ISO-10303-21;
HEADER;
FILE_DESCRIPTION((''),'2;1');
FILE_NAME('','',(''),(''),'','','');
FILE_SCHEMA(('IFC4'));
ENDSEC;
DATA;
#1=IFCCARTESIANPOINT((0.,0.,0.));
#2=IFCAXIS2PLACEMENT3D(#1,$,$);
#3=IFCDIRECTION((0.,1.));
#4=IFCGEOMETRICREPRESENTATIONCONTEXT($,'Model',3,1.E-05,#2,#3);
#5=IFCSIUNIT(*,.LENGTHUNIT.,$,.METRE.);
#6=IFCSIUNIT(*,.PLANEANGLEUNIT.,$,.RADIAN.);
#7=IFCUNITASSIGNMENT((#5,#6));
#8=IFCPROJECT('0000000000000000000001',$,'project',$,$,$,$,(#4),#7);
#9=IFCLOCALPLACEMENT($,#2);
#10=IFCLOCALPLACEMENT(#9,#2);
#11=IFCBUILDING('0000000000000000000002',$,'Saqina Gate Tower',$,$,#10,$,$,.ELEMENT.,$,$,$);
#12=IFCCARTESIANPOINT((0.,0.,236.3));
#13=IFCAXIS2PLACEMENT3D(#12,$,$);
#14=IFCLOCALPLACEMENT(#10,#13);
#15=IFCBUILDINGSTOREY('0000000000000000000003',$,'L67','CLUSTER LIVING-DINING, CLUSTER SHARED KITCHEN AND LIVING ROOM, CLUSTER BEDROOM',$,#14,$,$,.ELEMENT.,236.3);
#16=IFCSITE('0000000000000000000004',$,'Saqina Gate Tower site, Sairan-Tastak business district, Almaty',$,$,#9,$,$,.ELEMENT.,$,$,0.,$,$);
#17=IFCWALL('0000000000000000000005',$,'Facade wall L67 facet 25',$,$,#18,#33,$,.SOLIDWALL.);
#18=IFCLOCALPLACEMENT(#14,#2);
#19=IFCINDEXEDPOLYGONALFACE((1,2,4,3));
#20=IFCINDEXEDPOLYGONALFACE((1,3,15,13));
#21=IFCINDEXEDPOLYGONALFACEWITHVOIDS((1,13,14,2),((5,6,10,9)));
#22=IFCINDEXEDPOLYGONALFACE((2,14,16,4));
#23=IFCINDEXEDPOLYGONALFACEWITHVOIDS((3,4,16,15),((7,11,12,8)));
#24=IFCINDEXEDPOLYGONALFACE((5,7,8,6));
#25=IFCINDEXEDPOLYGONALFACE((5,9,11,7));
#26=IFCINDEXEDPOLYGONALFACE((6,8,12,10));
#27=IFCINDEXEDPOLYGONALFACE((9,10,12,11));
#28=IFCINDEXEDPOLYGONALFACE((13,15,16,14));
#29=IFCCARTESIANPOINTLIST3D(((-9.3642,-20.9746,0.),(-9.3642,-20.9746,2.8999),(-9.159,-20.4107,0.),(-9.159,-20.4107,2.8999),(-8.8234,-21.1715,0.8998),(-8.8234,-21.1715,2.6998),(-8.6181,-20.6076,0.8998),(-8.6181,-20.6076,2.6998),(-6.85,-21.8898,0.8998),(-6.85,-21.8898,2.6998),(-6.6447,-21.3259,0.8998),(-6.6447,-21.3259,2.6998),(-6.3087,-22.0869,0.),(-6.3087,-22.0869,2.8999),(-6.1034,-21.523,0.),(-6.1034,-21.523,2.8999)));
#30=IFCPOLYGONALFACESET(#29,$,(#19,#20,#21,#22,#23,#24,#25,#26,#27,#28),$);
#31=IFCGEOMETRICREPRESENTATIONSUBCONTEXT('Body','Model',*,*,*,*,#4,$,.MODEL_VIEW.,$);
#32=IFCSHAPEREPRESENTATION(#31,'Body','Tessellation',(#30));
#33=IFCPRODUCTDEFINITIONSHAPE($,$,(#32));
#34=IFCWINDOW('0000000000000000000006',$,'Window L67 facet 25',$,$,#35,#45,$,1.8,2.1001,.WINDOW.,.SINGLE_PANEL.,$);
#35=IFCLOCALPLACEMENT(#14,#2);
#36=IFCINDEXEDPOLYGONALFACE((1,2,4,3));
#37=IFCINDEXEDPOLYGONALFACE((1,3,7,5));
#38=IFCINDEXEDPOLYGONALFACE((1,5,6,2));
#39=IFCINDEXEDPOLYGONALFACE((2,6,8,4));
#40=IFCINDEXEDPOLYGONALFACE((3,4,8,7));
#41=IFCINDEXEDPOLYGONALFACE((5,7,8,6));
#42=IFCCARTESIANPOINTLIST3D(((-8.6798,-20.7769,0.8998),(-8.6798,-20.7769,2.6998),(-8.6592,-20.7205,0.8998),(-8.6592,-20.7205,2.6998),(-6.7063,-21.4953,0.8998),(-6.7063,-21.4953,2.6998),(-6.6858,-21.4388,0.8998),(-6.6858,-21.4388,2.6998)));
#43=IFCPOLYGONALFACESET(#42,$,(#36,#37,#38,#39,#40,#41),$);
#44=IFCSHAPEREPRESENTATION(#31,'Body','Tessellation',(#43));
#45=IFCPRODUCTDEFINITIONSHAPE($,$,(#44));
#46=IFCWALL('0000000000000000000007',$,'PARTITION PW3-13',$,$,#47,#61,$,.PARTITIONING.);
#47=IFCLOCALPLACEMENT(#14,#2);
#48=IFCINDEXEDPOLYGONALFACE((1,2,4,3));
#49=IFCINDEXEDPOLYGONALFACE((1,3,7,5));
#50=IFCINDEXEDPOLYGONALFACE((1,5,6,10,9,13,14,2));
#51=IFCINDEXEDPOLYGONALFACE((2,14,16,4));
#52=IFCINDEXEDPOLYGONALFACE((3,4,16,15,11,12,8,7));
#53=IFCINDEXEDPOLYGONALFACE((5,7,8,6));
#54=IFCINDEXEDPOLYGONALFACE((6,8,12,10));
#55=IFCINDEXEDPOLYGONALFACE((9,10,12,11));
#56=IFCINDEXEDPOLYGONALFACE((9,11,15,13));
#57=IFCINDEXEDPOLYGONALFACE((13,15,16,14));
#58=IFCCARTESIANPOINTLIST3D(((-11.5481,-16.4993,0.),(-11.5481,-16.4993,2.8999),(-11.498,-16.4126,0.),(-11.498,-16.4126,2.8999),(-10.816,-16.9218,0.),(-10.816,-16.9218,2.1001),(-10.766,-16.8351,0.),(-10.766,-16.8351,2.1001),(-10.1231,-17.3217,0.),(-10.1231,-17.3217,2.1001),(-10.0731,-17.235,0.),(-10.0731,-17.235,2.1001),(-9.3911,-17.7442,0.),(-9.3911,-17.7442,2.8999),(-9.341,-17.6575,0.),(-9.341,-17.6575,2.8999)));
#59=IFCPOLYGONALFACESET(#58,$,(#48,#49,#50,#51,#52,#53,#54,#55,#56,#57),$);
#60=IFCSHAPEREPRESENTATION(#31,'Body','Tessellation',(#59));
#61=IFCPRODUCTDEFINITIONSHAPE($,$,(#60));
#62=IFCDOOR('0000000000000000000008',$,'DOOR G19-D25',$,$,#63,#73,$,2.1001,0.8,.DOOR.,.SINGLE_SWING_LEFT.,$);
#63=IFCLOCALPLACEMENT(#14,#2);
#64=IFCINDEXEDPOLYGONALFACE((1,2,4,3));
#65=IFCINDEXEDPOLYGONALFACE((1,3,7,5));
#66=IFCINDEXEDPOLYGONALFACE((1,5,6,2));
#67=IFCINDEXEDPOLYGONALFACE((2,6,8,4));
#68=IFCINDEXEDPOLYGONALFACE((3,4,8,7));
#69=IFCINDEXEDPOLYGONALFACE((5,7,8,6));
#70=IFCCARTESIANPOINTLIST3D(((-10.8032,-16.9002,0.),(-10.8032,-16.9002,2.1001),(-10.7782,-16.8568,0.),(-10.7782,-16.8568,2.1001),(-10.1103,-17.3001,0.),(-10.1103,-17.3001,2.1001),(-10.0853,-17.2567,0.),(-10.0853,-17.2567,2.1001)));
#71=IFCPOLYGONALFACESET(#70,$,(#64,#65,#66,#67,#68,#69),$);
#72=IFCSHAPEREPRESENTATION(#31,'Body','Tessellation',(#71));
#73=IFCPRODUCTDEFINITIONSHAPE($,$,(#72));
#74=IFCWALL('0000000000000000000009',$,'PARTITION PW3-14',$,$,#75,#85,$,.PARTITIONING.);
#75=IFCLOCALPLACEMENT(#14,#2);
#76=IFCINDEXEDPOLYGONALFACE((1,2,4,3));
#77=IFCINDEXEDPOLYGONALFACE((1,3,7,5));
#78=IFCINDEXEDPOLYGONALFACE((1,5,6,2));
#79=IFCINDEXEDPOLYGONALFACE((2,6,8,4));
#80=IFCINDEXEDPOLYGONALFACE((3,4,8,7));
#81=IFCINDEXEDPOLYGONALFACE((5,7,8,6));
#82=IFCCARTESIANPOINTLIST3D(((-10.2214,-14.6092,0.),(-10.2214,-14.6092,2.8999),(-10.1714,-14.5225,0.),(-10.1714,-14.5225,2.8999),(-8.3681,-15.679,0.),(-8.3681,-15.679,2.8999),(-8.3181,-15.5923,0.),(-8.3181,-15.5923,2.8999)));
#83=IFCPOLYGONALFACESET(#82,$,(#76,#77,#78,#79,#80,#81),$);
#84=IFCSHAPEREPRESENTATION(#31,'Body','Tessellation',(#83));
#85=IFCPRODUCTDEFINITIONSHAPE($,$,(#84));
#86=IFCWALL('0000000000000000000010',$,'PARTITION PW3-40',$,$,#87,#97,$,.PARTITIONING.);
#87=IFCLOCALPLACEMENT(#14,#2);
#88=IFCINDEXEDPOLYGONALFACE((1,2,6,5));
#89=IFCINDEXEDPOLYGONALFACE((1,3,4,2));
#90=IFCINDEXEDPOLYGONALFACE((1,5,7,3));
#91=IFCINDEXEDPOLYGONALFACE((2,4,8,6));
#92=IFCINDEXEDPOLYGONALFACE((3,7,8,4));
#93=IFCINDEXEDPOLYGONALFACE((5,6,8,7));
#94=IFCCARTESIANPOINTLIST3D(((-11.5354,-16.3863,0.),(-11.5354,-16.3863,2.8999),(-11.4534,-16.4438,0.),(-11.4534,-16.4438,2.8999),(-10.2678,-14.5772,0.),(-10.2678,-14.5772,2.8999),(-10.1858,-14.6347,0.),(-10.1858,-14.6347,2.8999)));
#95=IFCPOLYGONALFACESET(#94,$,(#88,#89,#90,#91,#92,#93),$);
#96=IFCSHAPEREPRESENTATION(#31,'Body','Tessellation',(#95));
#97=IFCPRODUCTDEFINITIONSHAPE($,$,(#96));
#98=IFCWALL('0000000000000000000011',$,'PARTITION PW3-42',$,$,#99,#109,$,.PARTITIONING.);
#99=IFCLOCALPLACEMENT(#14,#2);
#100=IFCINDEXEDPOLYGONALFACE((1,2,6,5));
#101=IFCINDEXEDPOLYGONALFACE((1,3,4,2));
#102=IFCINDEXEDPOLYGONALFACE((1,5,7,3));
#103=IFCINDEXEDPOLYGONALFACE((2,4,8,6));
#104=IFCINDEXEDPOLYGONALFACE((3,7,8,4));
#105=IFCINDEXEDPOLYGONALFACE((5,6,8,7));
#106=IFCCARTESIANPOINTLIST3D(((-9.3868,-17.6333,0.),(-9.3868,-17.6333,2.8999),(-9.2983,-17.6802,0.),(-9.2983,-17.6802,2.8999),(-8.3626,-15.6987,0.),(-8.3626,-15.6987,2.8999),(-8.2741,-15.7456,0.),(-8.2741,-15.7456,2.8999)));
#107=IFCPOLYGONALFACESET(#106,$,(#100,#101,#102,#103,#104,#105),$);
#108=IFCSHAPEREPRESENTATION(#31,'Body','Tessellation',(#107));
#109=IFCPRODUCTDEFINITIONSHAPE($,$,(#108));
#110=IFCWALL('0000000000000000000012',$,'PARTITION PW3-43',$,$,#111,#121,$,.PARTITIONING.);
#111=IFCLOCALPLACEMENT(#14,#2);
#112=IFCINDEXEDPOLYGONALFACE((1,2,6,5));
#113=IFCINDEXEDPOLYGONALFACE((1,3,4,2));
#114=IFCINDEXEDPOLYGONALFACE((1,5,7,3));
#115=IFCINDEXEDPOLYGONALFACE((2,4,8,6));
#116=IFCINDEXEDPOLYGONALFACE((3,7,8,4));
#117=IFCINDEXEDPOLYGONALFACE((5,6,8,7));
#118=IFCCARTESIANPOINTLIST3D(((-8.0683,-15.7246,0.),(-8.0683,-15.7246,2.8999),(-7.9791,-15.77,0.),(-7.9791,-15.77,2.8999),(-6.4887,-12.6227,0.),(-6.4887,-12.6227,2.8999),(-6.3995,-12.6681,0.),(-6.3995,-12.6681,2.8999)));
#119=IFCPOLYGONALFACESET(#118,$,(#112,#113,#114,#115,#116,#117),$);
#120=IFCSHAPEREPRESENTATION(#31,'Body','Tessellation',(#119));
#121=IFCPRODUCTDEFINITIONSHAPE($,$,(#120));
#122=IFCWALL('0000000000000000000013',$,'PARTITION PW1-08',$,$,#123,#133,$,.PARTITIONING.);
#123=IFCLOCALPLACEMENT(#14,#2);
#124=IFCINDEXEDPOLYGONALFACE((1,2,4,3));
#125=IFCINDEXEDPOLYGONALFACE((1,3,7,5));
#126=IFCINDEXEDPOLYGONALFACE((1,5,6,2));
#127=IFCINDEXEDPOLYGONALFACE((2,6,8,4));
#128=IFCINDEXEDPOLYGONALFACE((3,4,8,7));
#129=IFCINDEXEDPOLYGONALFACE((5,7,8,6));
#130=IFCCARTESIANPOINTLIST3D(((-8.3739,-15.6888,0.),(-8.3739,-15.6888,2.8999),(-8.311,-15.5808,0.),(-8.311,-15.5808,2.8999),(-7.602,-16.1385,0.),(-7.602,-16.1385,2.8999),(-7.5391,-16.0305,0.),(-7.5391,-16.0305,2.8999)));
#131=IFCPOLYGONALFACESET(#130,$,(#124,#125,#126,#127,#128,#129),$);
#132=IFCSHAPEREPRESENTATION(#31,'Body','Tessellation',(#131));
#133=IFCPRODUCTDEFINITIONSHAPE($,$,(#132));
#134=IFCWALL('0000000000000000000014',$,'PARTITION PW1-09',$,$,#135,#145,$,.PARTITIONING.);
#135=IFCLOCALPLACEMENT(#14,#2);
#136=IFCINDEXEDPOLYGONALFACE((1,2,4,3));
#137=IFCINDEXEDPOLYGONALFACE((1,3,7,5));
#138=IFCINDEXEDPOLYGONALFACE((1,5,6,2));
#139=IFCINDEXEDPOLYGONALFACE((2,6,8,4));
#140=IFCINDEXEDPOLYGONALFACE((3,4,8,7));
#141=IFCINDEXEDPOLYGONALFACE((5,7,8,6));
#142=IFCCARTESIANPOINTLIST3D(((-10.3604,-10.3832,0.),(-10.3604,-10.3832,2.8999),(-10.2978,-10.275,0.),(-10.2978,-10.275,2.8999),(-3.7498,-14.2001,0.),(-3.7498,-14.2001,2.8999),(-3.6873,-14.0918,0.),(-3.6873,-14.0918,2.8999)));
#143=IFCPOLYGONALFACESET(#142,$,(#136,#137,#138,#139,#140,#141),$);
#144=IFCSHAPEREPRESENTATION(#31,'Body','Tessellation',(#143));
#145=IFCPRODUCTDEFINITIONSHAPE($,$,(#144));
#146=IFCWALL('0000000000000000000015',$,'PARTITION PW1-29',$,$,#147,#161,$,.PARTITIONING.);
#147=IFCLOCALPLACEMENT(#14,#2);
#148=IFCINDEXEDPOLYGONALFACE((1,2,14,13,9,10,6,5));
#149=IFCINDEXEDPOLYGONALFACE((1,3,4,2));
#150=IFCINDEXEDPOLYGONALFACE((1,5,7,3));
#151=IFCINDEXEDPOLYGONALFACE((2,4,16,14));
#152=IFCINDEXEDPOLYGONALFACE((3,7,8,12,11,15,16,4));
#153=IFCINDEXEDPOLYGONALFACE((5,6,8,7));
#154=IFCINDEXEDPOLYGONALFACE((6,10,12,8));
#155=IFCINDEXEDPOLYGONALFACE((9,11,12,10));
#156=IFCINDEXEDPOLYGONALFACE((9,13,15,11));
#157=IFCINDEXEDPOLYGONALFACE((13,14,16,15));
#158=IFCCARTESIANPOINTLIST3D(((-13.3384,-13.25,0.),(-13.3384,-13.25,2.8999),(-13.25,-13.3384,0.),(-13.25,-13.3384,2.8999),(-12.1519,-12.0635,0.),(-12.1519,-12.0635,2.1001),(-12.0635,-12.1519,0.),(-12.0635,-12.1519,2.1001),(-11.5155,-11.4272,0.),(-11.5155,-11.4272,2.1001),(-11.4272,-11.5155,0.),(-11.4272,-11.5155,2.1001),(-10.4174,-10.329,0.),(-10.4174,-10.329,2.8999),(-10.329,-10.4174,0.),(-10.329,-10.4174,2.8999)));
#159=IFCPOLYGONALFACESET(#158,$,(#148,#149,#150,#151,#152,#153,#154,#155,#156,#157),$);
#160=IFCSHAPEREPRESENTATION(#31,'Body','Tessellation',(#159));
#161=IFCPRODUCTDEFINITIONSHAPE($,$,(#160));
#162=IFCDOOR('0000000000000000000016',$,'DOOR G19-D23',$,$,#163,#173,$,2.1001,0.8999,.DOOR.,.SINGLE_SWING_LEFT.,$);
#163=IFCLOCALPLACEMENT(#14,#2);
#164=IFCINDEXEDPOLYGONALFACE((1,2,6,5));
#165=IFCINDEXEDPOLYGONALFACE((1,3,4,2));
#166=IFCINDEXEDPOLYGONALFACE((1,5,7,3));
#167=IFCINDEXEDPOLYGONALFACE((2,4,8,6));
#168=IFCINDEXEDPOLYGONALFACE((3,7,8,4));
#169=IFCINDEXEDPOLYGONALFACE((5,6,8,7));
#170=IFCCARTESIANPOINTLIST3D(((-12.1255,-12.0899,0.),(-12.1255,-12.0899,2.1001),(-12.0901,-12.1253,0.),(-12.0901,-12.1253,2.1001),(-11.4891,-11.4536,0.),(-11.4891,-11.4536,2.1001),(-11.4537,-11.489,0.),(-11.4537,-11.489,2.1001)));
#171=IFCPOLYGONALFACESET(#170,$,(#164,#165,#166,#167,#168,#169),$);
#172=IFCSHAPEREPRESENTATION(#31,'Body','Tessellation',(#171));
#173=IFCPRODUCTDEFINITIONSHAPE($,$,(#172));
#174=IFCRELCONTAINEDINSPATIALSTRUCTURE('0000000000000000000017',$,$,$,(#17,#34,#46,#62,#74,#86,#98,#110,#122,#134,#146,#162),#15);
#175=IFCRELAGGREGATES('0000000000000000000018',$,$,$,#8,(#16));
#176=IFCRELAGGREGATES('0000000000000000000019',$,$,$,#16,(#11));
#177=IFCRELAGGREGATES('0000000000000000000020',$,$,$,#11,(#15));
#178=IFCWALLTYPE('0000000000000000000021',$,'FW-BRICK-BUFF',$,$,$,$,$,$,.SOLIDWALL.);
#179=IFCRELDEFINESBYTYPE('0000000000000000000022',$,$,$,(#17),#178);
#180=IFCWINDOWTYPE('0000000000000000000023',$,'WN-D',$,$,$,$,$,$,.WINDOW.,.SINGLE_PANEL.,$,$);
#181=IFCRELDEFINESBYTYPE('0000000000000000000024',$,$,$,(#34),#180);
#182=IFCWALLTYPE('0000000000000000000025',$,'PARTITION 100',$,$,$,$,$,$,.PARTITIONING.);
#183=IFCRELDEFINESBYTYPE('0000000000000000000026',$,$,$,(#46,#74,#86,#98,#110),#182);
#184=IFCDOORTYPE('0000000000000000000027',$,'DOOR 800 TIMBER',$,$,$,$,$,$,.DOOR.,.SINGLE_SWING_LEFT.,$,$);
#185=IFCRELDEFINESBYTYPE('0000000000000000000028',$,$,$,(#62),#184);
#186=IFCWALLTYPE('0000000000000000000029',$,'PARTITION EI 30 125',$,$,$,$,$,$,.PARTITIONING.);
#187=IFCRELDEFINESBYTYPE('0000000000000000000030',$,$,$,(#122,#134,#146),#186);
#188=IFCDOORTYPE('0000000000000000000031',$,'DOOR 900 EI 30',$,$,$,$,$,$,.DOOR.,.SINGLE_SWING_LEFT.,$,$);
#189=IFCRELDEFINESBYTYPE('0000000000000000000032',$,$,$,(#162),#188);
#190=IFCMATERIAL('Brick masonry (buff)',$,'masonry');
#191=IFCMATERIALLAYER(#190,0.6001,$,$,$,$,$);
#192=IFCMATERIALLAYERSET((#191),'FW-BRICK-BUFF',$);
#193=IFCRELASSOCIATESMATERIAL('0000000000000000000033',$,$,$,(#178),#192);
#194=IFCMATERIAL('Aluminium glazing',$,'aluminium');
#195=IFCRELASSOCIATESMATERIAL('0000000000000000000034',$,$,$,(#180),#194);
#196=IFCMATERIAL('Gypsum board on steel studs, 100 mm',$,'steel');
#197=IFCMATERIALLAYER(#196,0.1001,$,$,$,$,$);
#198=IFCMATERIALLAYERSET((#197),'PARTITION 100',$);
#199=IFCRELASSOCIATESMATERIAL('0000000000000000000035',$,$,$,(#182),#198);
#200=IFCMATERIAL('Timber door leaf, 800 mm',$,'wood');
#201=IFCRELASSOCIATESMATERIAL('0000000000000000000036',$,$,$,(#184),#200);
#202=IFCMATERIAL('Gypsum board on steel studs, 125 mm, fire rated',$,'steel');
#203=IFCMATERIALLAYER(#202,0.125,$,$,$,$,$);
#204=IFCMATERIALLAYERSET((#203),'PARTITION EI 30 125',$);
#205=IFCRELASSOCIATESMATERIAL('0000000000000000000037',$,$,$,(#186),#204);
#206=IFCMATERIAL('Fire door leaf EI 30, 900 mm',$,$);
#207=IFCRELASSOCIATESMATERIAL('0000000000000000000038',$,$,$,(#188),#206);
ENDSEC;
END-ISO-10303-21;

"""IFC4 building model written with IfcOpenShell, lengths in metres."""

from ifc_helpers import new_model, si_unit, direction, frame, frame_2d, origin, place, context, subcontext, project, spatial, rectangle, extrude, material, layer, layer_set, type_object, element, fill, save


model = new_model("IFC4")

# Units and contexts
model_context = context("Model", 3, precision=1e-05, world=origin(), true_north=direction((0.0, 1.0)))
body_context = subcontext(model_context, "Body", "Model", "MODEL_VIEW")
ifc_project = project(units=[si_unit("LENGTHUNIT", "METRE"), si_unit("PLANEANGLEUNIT", "RADIAN")], contexts=[model_context])

# Site, building, storey
site_placement = place(None, origin())
site = spatial("IfcSite", under=ifc_project, at=site_placement, Name="Saqina Gate Tower site, Sairan-Tastak business district, Almaty", CompositionType="ELEMENT", RefElevation=0.0)
building_placement = place(site_placement, origin())
building = spatial("IfcBuilding", under=site, at=building_placement, Name="Saqina Gate Tower", CompositionType="ELEMENT")
storey_placement = place(building_placement, frame((0.0, 0.0, 236.3)))
storey = spatial("IfcBuildingStorey", under=building, at=storey_placement, Name="L67", Description="CLUSTER LIVING-DINING, CLUSTER SHARED KITCHEN AND LIVING ROOM, CLUSTER BEDROOM", CompositionType="ELEMENT", Elevation=236.3)

# Wall, opening, window
ifc_material_1 = material(Name="Brick masonry (buff)", Category="masonry")
ifc_layer_1 = layer(ifc_material_1, 0.6001)
ifc_layer_set_1 = layer_set([ifc_layer_1], Name="FW-BRICK-BUFF")
wall_type_1 = type_object("IfcWallType", Name="FW-BRICK-BUFF", PredefinedType="SOLIDWALL", material=ifc_layer_set_1)
ifc_material_2 = material(Name="Aluminium glazing", Category="aluminium")
window_type = type_object("IfcWindowType", Name="WN-D", PartitioningType="SINGLE_PANEL", PredefinedType="WINDOW", material=ifc_material_2)
wall_1_placement = place(storey_placement, frame((-9.2617, -20.6926, 0.0), z_axis=(0.0, 0.0, 1.0), x_axis=(0.939679, -0.342057, 0.0)))
wall_1 = element("IfcWall", 1, at=wall_1_placement, inside=storey, type_object=wall_type_1, Name="Facade wall L67 facet 25", PredefinedType="SOLIDWALL", context=body_context, shape_type="SweptSolid", body=[
    extrude(rectangle(XDim=3.2517, YDim=0.6001, at=frame_2d((1.626, 0.0))), origin(), (0.0, 0.0, 1.0), 2.8999),
])
opening_1_placement = place(wall_1_placement, frame((0.5757, 0.0, 0.8999)))
opening_1 = element("IfcOpeningElement", 2, at=opening_1_placement, cuts=wall_1, PredefinedType="OPENING", context=body_context, shape_type="SweptSolid", body=[
    extrude(rectangle(XDim=2.1001, YDim=1.8, at=frame_2d((1.05, 0.8999))), frame((0.0, 0.312, 0.0), z_axis=(0.0, -1.0, 0.0), x_axis=(1.0, 0.0, 0.0)), (0.0, 0.0, 1.0), 0.624),
])
window_1_placement = place(opening_1_placement, origin())
window_1 = element("IfcWindow", 3, at=window_1_placement, inside=storey, type_object=window_type, Name="Window L67 facet 25", OverallHeight=1.8, OverallWidth=2.1001, PartitioningType="SINGLE_PANEL", PredefinedType="WINDOW", context=body_context, shape_type="SweptSolid", body=[
    extrude(rectangle(XDim=2.1001, YDim=1.8, at=frame_2d((1.05, 0.8999))), frame((0.0, 0.1799, 0.0), z_axis=(0.0, -1.0, 0.0), x_axis=(1.0, 0.0, 0.0)), (0.0, 0.0, 1.0), 0.0601),
])
fill(opening_1, window_1)

# Wall, opening, door
ifc_material_3 = material(Name="Gypsum board on steel studs, 100 mm", Category="steel")
ifc_layer_2 = layer(ifc_material_3, 0.1001)
ifc_layer_set_2 = layer_set([ifc_layer_2], Name="PARTITION 100")
wall_type_2 = type_object("IfcWallType", Name="PARTITION 100", PredefinedType="PARTITIONING", material=ifc_layer_set_2)
wall_2_placement = place(storey_placement, frame((-11.5229, -16.4561, 0.0), z_axis=(0.0, 0.0, 1.0), x_axis=(0.866106, -0.499861, 0.0)))
wall_2 = element("IfcWall", 4, at=wall_2_placement, inside=storey, type_object=wall_type_2, Name="PARTITION PW3-13", PredefinedType="PARTITIONING", context=body_context, shape_type="SweptSolid", body=[
    extrude(rectangle(XDim=2.4905, YDim=0.1001, at=frame_2d((1.2451, 0.0))), origin(), (0.0, 0.0, 1.0), 2.8999),
])
opening_2_placement = place(wall_2_placement, frame((0.8452, 0.0, 0.0)))
opening_2 = element("IfcOpeningElement", 5, at=opening_2_placement, cuts=wall_2, PredefinedType="OPENING", context=body_context, shape_type="SweptSolid", body=[
    extrude(rectangle(XDim=0.8, YDim=2.1001, at=frame_2d((0.3999, 1.05))), frame((0.0, 0.062, 0.0), z_axis=(0.0, -1.0, 0.0), x_axis=(1.0, 0.0, 0.0)), (0.0, 0.0, 1.0), 0.124),
])
ifc_material_4 = material(Name="Timber door leaf, 800 mm", Category="wood")
door_type_1 = type_object("IfcDoorType", Name="DOOR 800 TIMBER", OperationType="SINGLE_SWING_LEFT", PredefinedType="DOOR", material=ifc_material_4)
door_1_placement = place(opening_2_placement, frame((0.8, 0.0, 0.0), z_axis=(0.0, 0.0, 1.0), x_axis=(-1.0, 0.0, 0.0)))
door_1 = element("IfcDoor", 6, at=door_1_placement, inside=storey, type_object=door_type_1, Name="DOOR G19-D25", OperationType="SINGLE_SWING_LEFT", OverallHeight=2.1001, OverallWidth=0.8, PredefinedType="DOOR", context=body_context, shape_type="SweptSolid", body=[
    extrude(rectangle(XDim=0.8, YDim=2.1001, at=frame_2d((0.3999, 1.05))), frame((0.0, 0.0249, 0.0), z_axis=(0.0, -1.0, 0.0), x_axis=(1.0, 0.0, 0.0)), (0.0, 0.0, 1.0), 0.05),
])
fill(opening_2, door_1)

# Walls
wall_3_placement = place(storey_placement, frame((-10.1963, -14.5659, 0.0), z_axis=(0.0, 0.0, 1.0), x_axis=(0.866058, -0.499943, 0.0)))
element("IfcWall", 7, at=wall_3_placement, inside=storey, type_object=wall_type_2, Name="PARTITION PW3-14", PredefinedType="PARTITIONING", context=body_context, shape_type="SweptSolid", body=[
    extrude(rectangle(XDim=2.1399, YDim=0.1001, at=frame_2d((1.0698, 0.0))), origin(), (0.0, 0.0, 1.0), 2.8999),
])
wall_4_placement = place(storey_placement, frame((-11.4944, -16.415, 0.0), z_axis=(0.0, 0.0, 1.0), x_axis=(0.573833, 0.818972, 0.0)))
element("IfcWall", 8, at=wall_4_placement, inside=storey, type_object=wall_type_2, Name="PARTITION PW3-40", PredefinedType="PARTITIONING", context=body_context, shape_type="SweptSolid", body=[
    extrude(rectangle(XDim=2.209, YDim=0.1001, at=frame_2d((1.1045, 0.0))), origin(), (0.0, 0.0, 1.0), 2.8999),
])
wall_5_placement = place(storey_placement, frame((-9.3425, -17.6567, 0.0), z_axis=(0.0, 0.0, 1.0), x_axis=(0.467883, 0.883791, 0.0)))
element("IfcWall", 9, at=wall_5_placement, inside=storey, type_object=wall_type_2, Name="PARTITION PW3-42", PredefinedType="PARTITIONING", context=body_context, shape_type="SweptSolid", body=[
    extrude(rectangle(XDim=2.189, YDim=0.1001, at=frame_2d((1.0945, 0.0))), origin(), (0.0, 0.0, 1.0), 2.8999),
])
wall_6_placement = place(storey_placement, frame((-8.0237, -15.7473, 0.0), z_axis=(0.0, 0.0, 1.0), x_axis=(0.453766, 0.891121, 0.0)))
element("IfcWall", 10, at=wall_6_placement, inside=storey, type_object=wall_type_2, Name="PARTITION PW3-43", PredefinedType="PARTITIONING", context=body_context, shape_type="SweptSolid", body=[
    extrude(rectangle(XDim=3.481, YDim=0.1001, at=frame_2d((1.7405, 0.0))), origin(), (0.0, 0.0, 1.0), 2.8999),
])
ifc_material_5 = material(Name="Gypsum board on steel studs, 125 mm, fire rated", Category="steel")
ifc_layer_3 = layer(ifc_material_5, 0.125)
ifc_layer_set_3 = layer_set([ifc_layer_3], Name="PARTITION EI 30 125")
wall_type_3 = type_object("IfcWallType", Name="PARTITION EI 30 125", PredefinedType="PARTITIONING", material=ifc_layer_set_3)
wall_7_placement = place(storey_placement, frame((-8.3425, -15.6348, 0.0), z_axis=(0.0, 0.0, 1.0), x_axis=(0.864076, -0.503361, 0.0)))
element("IfcWall", 11, at=wall_7_placement, inside=storey, type_object=wall_type_3, Name="PARTITION PW1-08", PredefinedType="PARTITIONING", context=body_context, shape_type="SweptSolid", body=[
    extrude(rectangle(XDim=0.8933, YDim=0.125, at=frame_2d((0.4468, 0.0))), origin(), (0.0, 0.0, 1.0), 2.8999),
])
wall_8_placement = place(storey_placement, frame((-10.3291, -10.3291, 0.0), z_axis=(0.0, 0.0, 1.0), x_axis=(0.86601, -0.500026, 0.0)))
element("IfcWall", 12, at=wall_8_placement, inside=storey, type_object=wall_type_3, Name="PARTITION PW1-09", PredefinedType="PARTITIONING", context=body_context, shape_type="SweptSolid", body=[
    extrude(rectangle(XDim=7.6333, YDim=0.125, at=frame_2d((3.8167, 0.0))), origin(), (0.0, 0.0, 1.0), 2.8999),
])

# Wall, opening, door
wall_9_placement = place(storey_placement, frame((-13.2942, -13.2942, 0.0), z_axis=(0.0, 0.0, 1.0), x_axis=(0.707107, 0.707107, 0.0)))
wall_9 = element("IfcWall", 13, at=wall_9_placement, inside=storey, type_object=wall_type_3, Name="PARTITION PW1-29", PredefinedType="PARTITIONING", context=body_context, shape_type="SweptSolid", body=[
    extrude(rectangle(XDim=4.1309, YDim=0.125, at=frame_2d((2.0654, 0.0))), origin(), (0.0, 0.0, 1.0), 2.8999),
])
opening_3_placement = place(wall_9_placement, frame((1.678, 0.0, 0.0)))
opening_3 = element("IfcOpeningElement", 14, at=opening_3_placement, cuts=wall_9, PredefinedType="OPENING", context=body_context, shape_type="SweptSolid", body=[
    extrude(rectangle(XDim=0.8999, YDim=2.1001, at=frame_2d((0.45, 1.05))), frame((0.0, 0.0745, 0.0), z_axis=(0.0, -1.0, 0.0), x_axis=(1.0, 0.0, 0.0)), (0.0, 0.0, 1.0), 0.1489),
])
ifc_material_6 = material(Name="Fire door leaf EI 30, 900 mm")
door_type_2 = type_object("IfcDoorType", Name="DOOR 900 EI 30", OperationType="SINGLE_SWING_LEFT", PredefinedType="DOOR", material=ifc_material_6)
door_2_placement = place(opening_3_placement, frame((0.8999, 0.0, 0.0), z_axis=(0.0, 0.0, 1.0), x_axis=(-1.0, 0.0, 0.0)))
door_2 = element("IfcDoor", 15, at=door_2_placement, inside=storey, type_object=door_type_2, Name="DOOR G19-D23", OperationType="SINGLE_SWING_LEFT", OverallHeight=2.1001, OverallWidth=0.8999, PredefinedType="DOOR", context=body_context, shape_type="SweptSolid", body=[
    extrude(rectangle(XDim=0.8999, YDim=2.1001, at=frame_2d((0.45, 1.05))), frame((0.0, 0.0249, 0.0), z_axis=(0.0, -1.0, 0.0), x_axis=(1.0, 0.0, 0.0)), (0.0, 0.0, 1.0), 0.05),
])
fill(opening_3, door_2)

save(model, "model.ifc")
